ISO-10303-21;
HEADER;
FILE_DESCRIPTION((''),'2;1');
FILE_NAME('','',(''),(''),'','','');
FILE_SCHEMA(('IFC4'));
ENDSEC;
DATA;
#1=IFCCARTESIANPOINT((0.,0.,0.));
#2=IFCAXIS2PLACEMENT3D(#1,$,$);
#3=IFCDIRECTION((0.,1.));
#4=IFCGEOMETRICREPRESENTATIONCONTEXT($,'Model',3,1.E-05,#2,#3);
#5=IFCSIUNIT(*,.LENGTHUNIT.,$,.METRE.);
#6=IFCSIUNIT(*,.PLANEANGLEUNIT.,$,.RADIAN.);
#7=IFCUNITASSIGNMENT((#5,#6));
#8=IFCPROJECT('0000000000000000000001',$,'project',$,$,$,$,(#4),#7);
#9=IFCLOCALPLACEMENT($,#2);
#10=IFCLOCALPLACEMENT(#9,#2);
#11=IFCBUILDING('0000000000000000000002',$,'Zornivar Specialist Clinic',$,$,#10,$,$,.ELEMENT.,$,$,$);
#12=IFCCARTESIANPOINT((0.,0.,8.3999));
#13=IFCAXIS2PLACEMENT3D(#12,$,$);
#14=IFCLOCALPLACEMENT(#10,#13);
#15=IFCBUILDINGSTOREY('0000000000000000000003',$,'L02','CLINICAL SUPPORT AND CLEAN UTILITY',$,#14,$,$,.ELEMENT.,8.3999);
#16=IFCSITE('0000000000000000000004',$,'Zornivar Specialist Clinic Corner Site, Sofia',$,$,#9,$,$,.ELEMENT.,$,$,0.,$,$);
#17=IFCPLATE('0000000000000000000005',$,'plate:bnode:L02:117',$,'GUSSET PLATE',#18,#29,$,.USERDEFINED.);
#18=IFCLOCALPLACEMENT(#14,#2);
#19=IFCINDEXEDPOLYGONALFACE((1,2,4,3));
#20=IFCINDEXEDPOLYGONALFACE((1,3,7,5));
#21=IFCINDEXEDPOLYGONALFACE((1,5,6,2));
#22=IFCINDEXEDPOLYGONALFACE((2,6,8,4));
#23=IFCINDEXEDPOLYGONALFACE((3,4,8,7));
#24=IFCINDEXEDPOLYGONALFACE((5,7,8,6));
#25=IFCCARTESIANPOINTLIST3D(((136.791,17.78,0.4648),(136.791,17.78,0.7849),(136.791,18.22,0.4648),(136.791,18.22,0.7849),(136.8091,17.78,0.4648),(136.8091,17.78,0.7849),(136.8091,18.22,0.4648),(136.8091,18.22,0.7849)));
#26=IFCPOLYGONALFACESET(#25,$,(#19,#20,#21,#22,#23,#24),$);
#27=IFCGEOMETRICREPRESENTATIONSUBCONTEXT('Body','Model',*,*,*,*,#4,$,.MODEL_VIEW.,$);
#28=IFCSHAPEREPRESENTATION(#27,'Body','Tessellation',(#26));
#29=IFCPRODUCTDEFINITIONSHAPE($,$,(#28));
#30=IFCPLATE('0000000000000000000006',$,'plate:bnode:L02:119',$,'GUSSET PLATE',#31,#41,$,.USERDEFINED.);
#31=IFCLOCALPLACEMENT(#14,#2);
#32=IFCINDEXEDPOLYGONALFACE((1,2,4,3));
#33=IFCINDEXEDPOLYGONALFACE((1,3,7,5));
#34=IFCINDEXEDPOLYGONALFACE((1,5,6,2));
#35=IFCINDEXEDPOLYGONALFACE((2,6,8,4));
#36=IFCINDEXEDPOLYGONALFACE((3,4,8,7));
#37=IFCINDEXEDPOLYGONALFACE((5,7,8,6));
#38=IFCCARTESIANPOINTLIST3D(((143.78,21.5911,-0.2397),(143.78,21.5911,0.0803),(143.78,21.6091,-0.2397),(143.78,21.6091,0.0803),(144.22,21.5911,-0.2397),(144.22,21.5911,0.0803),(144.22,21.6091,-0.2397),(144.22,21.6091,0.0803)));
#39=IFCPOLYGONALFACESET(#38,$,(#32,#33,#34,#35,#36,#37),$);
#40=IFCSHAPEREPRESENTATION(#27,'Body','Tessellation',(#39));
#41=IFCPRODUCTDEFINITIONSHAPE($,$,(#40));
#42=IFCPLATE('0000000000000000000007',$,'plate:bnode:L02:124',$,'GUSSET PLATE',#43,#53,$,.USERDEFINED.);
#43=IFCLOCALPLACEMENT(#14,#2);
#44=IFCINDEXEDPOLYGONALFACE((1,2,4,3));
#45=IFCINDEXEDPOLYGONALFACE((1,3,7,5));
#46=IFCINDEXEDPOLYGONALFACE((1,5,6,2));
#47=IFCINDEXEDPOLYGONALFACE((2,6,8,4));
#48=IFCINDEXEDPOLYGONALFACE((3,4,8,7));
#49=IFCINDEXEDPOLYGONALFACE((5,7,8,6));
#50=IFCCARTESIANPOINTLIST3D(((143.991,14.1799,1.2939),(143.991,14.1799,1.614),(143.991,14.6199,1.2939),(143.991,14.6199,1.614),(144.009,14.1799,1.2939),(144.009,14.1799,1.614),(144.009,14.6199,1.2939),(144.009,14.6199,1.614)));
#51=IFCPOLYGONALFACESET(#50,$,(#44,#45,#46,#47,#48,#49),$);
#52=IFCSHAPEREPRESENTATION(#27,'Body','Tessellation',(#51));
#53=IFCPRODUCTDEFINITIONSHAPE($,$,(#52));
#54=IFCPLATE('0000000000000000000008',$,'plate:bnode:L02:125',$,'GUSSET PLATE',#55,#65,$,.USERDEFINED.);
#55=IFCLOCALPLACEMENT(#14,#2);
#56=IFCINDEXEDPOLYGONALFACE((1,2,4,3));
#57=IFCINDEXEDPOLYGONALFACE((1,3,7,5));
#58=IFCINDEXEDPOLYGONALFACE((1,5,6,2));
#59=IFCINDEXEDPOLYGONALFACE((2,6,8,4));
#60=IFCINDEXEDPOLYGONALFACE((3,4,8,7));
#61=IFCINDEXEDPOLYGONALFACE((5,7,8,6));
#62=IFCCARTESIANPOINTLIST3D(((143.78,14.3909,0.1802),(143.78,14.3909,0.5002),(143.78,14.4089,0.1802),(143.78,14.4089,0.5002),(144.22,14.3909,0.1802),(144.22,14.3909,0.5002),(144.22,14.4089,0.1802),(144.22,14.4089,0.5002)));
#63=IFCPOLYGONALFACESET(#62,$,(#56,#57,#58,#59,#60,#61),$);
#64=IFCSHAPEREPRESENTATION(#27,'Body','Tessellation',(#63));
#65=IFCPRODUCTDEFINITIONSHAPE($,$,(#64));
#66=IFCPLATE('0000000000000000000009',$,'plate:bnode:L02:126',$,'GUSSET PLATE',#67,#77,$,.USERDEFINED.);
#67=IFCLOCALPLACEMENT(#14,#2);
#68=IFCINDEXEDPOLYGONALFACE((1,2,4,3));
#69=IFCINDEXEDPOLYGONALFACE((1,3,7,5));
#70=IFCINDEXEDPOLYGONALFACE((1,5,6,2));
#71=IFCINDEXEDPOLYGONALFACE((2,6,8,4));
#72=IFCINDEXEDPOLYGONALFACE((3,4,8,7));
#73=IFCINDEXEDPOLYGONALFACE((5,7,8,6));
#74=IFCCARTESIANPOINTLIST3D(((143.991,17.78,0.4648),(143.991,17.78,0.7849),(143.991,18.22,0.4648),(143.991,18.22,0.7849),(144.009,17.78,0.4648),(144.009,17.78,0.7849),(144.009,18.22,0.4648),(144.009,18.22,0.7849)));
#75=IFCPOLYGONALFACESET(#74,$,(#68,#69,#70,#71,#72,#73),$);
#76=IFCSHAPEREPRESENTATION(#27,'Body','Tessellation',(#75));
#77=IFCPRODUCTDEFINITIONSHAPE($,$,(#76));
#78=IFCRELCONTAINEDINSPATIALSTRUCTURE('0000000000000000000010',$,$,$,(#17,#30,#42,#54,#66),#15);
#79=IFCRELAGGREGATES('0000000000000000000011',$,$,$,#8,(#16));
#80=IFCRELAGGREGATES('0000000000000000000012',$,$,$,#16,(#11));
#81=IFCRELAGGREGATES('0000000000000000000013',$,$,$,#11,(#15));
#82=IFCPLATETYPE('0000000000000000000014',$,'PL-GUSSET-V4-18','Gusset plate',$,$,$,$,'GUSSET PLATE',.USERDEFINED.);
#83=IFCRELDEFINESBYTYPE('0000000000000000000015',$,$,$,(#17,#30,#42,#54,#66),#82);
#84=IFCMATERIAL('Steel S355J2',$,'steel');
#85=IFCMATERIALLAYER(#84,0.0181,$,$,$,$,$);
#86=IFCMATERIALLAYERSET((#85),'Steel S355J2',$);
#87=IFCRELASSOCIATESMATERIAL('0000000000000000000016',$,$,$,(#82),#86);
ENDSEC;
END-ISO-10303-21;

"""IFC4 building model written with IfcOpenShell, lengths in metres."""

from ifc_helpers import new_model, si_unit, direction, frame, origin, origin_2d, place, context, subcontext, project, spatial, rectangle, extrude, material, layer, layer_set, type_object, element, save


model = new_model("IFC4")

# Units and contexts
model_context = context("Model", 3, precision=1e-05, world=origin(), true_north=direction((0.0, 1.0)))
body_context = subcontext(model_context, "Body", "Model", "MODEL_VIEW")
ifc_project = project(units=[si_unit("LENGTHUNIT", "METRE"), si_unit("PLANEANGLEUNIT", "RADIAN")], contexts=[model_context])

# Site, building, storey
site_placement = place(None, origin())
site = spatial("IfcSite", under=ifc_project, at=site_placement, Name="Zornivar Specialist Clinic Corner Site, Sofia", CompositionType="ELEMENT", RefElevation=0.0)
building_placement = place(site_placement, origin())
building = spatial("IfcBuilding", under=site, at=building_placement, Name="Zornivar Specialist Clinic", CompositionType="ELEMENT")
storey_placement = place(building_placement, frame((0.0, 0.0, 8.3999)))
storey = spatial("IfcBuildingStorey", under=building, at=storey_placement, Name="L02", Description="CLINICAL SUPPORT AND CLEAN UTILITY", CompositionType="ELEMENT", Elevation=8.3999)

# Plates
ifc_material_1 = material(Name="Steel S355J2", Category="steel")
ifc_layer_1 = layer(ifc_material_1, 0.0181)
ifc_layer_set_1 = layer_set([ifc_layer_1], Name="Steel S355J2")
plate_type_1 = type_object("IfcPlateType", Name="PL-GUSSET-V4-18", Description="Gusset plate", ElementType="GUSSET PLATE", PredefinedType="USERDEFINED", material=ifc_layer_set_1)
for number, where, z_axis, x_axis, name in (
    (1, (136.8, 18.0, 0.4648), (0.0, 0.0, 1.0), (0.0, 1.0, 0.0), "plate:bnode:L02:117"),
    (2, (144.0, 21.6001, -0.2397), (0.0, 0.0, 1.0), (1.0, 0.0, 0.0), "plate:bnode:L02:119"),
    (3, (144.0, 14.3999, 1.2939), (0.0, 0.0, 1.0), (0.0, 1.0, 0.0), "plate:bnode:L02:124"),
    (4, (144.0, 14.3999, 0.1802), (0.0, 0.0, 1.0), (1.0, 0.0, 0.0), "plate:bnode:L02:125"),
    (5, (144.0, 18.0, 0.4648), (0.0, 0.0, 1.0), (0.0, 1.0, 0.0), "plate:bnode:L02:126"),
):
    element("IfcPlate", number, at=place(storey_placement, frame(where, z_axis=z_axis, x_axis=x_axis)), inside=storey, type_object=plate_type_1, Name=name, ObjectType="GUSSET PLATE", PredefinedType="USERDEFINED", context=body_context, shape_type="SweptSolid", body=[
        extrude(rectangle(XDim=0.4399, YDim=0.0181, at=origin_2d()), origin(), (0.0, 0.0, 1.0), 0.3201),
    ])

save(model, "model.ifc")
